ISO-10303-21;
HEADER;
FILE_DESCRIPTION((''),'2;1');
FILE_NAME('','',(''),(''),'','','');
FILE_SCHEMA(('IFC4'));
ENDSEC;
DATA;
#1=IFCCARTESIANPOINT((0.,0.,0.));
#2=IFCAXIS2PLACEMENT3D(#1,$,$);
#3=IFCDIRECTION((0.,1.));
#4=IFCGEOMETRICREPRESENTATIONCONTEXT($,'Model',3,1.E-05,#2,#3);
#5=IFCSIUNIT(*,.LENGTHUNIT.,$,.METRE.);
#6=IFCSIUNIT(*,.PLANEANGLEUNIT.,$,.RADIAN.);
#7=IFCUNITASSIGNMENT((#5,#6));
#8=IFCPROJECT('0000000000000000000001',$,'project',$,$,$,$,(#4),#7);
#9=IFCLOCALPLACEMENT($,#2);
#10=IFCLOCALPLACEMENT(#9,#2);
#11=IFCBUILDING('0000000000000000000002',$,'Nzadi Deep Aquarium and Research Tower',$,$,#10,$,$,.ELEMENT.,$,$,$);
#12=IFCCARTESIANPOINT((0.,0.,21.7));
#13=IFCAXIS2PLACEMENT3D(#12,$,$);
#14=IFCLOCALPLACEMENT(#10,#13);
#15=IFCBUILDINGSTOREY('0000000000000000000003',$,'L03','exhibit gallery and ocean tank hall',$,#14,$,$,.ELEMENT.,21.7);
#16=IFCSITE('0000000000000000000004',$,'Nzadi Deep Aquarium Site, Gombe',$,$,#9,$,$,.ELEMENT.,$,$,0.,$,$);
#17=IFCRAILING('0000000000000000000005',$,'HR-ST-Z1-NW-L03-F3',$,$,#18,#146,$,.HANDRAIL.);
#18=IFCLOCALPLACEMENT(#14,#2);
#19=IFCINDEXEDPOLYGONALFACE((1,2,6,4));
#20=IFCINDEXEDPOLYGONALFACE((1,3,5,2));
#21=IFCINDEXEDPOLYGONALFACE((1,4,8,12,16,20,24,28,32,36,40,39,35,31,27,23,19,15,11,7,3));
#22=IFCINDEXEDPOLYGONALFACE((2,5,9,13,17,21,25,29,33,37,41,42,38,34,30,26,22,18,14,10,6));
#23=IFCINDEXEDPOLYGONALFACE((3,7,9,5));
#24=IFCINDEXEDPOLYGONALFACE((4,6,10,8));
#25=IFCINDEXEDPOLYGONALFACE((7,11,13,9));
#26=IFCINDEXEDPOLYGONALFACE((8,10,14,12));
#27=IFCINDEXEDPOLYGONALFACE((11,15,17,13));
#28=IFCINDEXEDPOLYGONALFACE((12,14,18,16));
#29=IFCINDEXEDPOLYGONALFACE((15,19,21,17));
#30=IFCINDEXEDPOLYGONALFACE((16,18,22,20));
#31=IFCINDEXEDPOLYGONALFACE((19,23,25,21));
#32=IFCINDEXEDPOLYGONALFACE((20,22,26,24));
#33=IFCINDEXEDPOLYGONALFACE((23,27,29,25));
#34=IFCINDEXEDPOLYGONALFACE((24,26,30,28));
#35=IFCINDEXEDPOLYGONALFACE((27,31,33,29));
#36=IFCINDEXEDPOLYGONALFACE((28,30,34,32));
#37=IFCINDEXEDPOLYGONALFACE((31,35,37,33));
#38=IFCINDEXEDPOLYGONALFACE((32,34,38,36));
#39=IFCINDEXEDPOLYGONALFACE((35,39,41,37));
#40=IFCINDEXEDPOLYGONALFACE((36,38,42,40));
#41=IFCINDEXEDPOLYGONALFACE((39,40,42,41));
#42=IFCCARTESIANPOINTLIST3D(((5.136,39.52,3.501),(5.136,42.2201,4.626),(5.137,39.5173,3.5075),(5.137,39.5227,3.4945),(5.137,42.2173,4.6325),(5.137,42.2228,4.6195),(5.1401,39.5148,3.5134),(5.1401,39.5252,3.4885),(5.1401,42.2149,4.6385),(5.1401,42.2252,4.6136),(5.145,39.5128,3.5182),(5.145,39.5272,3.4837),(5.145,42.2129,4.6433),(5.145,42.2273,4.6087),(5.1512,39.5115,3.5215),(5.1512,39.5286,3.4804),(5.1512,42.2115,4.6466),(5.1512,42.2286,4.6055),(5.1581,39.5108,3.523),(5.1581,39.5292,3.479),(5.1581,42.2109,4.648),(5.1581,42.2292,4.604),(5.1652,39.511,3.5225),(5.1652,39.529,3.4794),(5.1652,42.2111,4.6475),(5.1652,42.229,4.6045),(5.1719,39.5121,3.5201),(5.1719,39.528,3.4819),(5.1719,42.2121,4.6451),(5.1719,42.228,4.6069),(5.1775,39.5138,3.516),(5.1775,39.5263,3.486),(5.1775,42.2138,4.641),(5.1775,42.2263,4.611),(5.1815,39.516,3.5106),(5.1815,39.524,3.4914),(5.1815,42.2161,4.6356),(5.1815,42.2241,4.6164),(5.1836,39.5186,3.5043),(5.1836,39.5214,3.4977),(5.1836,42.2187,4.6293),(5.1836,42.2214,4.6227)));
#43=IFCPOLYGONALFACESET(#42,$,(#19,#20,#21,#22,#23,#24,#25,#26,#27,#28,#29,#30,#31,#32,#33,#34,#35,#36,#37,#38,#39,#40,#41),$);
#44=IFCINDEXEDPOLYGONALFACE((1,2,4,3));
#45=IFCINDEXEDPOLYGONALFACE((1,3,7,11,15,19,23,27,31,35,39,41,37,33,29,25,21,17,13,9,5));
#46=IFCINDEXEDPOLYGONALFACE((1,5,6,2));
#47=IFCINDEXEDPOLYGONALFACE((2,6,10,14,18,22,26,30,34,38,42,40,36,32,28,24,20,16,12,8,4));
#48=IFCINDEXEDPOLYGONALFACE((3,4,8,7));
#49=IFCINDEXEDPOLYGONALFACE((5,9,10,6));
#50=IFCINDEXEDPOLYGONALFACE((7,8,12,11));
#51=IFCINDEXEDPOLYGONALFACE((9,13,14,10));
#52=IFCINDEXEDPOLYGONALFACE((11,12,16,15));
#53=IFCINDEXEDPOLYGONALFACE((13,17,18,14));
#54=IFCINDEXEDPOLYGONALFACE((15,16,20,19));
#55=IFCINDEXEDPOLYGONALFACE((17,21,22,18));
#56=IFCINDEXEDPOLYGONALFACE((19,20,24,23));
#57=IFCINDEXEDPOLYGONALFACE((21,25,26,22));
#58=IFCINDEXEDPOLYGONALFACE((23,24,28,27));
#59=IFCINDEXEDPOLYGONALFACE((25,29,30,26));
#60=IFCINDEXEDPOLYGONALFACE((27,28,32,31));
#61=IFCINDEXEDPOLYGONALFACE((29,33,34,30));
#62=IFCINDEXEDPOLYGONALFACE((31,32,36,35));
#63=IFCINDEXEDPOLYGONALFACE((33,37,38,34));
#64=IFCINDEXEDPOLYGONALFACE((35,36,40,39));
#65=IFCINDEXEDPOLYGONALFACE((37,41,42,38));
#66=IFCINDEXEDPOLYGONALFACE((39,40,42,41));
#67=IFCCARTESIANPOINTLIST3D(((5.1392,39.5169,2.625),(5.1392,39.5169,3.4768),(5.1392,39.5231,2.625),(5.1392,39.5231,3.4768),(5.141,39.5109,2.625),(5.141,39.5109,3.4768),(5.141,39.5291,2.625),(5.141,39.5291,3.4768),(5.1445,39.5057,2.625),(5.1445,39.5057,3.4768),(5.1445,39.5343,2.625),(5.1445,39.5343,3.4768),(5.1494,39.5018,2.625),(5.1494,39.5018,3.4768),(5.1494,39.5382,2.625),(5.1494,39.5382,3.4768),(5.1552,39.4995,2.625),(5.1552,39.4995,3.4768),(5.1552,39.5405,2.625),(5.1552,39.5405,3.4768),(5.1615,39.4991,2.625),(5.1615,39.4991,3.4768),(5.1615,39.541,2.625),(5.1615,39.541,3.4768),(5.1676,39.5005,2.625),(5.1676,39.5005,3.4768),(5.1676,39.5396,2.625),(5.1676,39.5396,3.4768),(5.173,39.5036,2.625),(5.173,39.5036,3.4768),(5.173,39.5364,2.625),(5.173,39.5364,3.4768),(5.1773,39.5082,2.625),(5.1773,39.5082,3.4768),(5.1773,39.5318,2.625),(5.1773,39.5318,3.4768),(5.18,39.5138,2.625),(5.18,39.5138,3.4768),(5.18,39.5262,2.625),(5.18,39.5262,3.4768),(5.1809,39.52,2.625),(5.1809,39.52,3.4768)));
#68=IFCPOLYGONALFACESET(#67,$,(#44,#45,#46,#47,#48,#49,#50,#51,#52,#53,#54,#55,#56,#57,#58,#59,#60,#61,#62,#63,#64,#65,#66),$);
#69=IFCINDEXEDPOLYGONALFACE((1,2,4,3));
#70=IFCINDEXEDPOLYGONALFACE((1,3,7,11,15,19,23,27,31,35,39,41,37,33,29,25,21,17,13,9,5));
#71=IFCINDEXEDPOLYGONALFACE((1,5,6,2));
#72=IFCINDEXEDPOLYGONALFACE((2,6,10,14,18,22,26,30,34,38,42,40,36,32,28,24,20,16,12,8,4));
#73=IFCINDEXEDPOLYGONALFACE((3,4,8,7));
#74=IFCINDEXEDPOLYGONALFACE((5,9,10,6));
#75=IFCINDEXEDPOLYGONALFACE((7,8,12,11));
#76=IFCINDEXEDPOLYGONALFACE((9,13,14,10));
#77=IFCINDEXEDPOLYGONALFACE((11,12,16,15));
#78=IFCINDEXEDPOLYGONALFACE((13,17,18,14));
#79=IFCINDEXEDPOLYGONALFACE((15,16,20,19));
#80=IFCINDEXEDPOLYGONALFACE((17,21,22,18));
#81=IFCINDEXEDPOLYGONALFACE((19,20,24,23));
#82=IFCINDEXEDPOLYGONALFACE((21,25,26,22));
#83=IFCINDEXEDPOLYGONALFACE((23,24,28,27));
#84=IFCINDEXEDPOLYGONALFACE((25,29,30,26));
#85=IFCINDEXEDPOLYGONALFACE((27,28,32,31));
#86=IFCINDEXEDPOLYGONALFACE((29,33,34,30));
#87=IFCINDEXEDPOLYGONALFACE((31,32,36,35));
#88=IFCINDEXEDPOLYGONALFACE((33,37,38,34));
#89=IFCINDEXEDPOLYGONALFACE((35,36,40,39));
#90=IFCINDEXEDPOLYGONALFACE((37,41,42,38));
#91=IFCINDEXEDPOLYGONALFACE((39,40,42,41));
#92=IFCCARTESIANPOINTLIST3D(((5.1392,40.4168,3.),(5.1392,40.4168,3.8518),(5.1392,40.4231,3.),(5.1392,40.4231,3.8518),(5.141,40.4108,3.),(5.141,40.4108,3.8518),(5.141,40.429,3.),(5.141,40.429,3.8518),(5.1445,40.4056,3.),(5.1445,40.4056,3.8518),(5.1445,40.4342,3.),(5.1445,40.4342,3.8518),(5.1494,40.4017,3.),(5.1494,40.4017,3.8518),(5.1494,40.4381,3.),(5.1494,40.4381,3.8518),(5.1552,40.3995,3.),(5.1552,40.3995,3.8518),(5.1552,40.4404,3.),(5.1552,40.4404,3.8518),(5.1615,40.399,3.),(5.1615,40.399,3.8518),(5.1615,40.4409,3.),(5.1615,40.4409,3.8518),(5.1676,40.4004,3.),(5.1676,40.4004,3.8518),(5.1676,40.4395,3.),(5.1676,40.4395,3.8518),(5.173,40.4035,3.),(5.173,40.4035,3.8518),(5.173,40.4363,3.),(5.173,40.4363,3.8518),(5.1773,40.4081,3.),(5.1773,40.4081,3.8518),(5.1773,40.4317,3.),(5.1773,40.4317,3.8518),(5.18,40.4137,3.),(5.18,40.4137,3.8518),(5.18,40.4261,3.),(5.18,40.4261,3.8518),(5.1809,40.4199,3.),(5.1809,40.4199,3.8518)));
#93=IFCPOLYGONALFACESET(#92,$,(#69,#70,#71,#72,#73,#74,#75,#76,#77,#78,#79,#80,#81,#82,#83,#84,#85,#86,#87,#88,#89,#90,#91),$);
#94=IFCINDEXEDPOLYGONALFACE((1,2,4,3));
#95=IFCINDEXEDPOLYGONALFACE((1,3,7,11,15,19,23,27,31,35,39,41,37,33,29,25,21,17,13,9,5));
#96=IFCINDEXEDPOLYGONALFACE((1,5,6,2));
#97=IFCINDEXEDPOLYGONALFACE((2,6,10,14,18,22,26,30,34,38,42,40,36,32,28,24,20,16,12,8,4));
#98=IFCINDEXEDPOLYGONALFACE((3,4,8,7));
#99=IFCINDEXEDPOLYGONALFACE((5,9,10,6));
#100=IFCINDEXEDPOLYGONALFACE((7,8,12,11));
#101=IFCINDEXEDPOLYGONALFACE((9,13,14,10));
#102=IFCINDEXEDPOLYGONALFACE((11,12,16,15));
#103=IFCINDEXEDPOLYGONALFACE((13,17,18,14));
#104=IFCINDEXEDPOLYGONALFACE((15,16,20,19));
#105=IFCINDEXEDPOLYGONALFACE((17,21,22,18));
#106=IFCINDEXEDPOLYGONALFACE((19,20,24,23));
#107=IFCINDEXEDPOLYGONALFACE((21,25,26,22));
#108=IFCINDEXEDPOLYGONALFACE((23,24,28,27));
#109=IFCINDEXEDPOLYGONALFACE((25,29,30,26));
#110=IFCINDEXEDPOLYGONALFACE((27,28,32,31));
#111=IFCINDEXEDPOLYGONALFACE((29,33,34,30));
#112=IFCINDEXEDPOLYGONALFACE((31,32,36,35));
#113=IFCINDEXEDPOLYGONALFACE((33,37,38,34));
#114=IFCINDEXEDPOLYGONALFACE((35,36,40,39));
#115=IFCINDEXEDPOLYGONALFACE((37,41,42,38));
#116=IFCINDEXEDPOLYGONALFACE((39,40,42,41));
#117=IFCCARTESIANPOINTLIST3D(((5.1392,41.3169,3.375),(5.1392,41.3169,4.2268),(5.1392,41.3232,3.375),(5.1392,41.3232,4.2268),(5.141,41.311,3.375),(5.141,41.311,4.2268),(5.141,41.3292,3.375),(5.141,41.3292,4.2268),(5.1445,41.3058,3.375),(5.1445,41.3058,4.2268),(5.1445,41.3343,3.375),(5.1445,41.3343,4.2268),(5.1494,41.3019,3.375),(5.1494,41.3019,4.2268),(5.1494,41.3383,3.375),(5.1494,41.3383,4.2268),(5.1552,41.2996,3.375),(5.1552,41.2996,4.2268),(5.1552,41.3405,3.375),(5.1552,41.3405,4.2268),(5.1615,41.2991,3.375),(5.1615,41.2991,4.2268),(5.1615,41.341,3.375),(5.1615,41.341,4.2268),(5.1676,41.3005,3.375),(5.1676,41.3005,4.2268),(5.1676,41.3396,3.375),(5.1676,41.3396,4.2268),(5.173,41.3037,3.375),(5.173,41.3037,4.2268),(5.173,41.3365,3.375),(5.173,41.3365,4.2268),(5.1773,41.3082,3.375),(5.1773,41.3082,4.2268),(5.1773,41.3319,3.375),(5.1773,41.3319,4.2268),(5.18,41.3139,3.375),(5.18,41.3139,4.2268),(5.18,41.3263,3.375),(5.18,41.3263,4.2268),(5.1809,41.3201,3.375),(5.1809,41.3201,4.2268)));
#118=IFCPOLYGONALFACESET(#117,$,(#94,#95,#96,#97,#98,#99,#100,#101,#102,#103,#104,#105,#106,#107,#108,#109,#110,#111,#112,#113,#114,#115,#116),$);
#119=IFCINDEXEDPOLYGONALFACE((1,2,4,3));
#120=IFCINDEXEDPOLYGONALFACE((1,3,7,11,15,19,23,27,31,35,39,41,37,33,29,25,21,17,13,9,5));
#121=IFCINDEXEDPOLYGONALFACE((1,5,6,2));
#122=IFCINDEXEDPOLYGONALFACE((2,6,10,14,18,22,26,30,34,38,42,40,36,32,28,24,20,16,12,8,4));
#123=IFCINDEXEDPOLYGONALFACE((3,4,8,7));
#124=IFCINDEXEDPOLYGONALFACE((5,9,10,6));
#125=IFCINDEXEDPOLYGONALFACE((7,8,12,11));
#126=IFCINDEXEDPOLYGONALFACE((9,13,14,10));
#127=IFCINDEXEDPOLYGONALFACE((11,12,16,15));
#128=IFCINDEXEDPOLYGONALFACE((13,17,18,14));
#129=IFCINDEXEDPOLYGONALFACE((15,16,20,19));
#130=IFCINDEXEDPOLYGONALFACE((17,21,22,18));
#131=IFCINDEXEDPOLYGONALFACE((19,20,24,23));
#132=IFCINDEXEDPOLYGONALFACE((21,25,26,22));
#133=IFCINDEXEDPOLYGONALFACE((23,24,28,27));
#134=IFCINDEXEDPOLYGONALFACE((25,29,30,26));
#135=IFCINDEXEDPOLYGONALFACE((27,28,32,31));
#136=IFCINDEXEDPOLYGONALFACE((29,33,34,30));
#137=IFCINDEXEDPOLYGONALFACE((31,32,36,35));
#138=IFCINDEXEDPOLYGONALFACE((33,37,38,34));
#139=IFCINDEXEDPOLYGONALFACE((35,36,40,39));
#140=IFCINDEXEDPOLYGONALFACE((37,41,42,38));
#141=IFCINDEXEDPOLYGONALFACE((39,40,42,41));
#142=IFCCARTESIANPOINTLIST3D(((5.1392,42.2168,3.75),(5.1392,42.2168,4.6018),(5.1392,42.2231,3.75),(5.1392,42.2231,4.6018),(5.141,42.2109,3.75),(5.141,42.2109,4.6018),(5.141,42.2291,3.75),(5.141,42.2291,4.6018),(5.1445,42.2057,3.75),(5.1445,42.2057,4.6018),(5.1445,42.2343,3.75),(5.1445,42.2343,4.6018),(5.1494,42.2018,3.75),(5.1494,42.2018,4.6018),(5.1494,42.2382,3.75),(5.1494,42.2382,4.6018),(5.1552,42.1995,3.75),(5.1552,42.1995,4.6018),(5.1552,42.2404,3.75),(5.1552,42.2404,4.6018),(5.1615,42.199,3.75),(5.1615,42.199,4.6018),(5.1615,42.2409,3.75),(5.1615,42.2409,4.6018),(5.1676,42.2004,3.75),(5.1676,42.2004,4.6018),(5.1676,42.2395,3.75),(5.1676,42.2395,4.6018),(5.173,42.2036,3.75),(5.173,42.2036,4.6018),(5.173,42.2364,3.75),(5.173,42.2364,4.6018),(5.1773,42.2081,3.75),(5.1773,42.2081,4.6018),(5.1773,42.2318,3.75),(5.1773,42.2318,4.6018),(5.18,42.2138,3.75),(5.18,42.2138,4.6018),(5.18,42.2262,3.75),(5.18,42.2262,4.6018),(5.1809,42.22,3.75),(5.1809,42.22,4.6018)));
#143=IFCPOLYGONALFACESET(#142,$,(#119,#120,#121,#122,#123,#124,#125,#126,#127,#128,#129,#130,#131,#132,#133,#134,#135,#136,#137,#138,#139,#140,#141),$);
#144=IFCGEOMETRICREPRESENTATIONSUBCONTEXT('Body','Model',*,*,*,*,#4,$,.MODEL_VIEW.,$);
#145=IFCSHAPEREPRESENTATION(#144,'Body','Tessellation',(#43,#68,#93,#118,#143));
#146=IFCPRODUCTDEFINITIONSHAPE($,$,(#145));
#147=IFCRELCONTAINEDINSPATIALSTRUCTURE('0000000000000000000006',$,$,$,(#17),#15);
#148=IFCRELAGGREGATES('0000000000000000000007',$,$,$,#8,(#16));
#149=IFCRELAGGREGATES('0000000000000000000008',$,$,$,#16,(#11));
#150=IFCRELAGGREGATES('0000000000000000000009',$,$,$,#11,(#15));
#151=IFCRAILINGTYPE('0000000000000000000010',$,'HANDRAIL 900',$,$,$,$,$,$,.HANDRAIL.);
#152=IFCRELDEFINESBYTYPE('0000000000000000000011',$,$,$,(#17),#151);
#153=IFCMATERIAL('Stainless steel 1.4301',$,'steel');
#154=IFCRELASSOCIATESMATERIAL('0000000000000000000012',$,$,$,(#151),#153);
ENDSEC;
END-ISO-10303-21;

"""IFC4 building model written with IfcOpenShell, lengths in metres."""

from ifc_helpers import new_model, si_unit, direction, frame, origin, origin_2d, place, context, subcontext, project, spatial, circle, extrude, material, type_object, element, save


model = new_model("IFC4")

# Units and contexts
model_context = context("Model", 3, precision=1e-05, world=origin(), true_north=direction((0.0, 1.0)))
body_context = subcontext(model_context, "Body", "Model", "MODEL_VIEW")
ifc_project = project(units=[si_unit("LENGTHUNIT", "METRE"), si_unit("PLANEANGLEUNIT", "RADIAN")], contexts=[model_context])

# Site, building, storey
site_placement = place(None, origin())
site = spatial("IfcSite", under=ifc_project, at=site_placement, Name="Nzadi Deep Aquarium Site, Gombe", CompositionType="ELEMENT", RefElevation=0.0)
building_placement = place(site_placement, origin())
building = spatial("IfcBuilding", under=site, at=building_placement, Name="Nzadi Deep Aquarium and Research Tower", CompositionType="ELEMENT")
storey_placement = place(building_placement, frame((0.0, 0.0, 21.7)))
storey = spatial("IfcBuildingStorey", under=building, at=storey_placement, Name="L03", Description="exhibit gallery and ocean tank hall", CompositionType="ELEMENT", Elevation=21.7)

# Railing
ifc_material_1 = material(Name="Stainless steel 1.4301", Category="steel")
railing_type = type_object("IfcRailingType", Name="HANDRAIL 900", PredefinedType="HANDRAIL", material=ifc_material_1)
for number, where, name in (
    (1, (5.1599, 39.52, 2.625), "HR-ST-Z1-NW-L03-F3"),
):
    element("IfcRailing", number, at=place(storey_placement, frame(where)), inside=storey, type_object=railing_type, Name=name, PredefinedType="HANDRAIL", context=body_context, shape_type="SweptSolid", body=[
        extrude(circle(Radius=0.0239, at=origin_2d()), frame((0.0, 0.0, 0.876), z_axis=(0.0, 0.923074, 0.384621), x_axis=(-1.0, 0.0, 0.0)), (0.0, 0.0, 1.0), 2.925),
        extrude(circle(Radius=0.021, at=origin_2d()), origin(), (0.0, 0.0, 1.0), 0.8518),
        extrude(circle(Radius=0.021, at=origin_2d()), frame((0.0, 0.8999, 0.375)), (0.0, 0.0, 1.0), 0.8518),
        extrude(circle(Radius=0.021, at=origin_2d()), frame((0.0, 1.8, 0.75)), (0.0, 0.0, 1.0), 0.8518),
        extrude(circle(Radius=0.021, at=origin_2d()), frame((0.0, 2.7, 1.125)), (0.0, 0.0, 1.0), 0.8518),
    ])

save(model, "model.ifc")
